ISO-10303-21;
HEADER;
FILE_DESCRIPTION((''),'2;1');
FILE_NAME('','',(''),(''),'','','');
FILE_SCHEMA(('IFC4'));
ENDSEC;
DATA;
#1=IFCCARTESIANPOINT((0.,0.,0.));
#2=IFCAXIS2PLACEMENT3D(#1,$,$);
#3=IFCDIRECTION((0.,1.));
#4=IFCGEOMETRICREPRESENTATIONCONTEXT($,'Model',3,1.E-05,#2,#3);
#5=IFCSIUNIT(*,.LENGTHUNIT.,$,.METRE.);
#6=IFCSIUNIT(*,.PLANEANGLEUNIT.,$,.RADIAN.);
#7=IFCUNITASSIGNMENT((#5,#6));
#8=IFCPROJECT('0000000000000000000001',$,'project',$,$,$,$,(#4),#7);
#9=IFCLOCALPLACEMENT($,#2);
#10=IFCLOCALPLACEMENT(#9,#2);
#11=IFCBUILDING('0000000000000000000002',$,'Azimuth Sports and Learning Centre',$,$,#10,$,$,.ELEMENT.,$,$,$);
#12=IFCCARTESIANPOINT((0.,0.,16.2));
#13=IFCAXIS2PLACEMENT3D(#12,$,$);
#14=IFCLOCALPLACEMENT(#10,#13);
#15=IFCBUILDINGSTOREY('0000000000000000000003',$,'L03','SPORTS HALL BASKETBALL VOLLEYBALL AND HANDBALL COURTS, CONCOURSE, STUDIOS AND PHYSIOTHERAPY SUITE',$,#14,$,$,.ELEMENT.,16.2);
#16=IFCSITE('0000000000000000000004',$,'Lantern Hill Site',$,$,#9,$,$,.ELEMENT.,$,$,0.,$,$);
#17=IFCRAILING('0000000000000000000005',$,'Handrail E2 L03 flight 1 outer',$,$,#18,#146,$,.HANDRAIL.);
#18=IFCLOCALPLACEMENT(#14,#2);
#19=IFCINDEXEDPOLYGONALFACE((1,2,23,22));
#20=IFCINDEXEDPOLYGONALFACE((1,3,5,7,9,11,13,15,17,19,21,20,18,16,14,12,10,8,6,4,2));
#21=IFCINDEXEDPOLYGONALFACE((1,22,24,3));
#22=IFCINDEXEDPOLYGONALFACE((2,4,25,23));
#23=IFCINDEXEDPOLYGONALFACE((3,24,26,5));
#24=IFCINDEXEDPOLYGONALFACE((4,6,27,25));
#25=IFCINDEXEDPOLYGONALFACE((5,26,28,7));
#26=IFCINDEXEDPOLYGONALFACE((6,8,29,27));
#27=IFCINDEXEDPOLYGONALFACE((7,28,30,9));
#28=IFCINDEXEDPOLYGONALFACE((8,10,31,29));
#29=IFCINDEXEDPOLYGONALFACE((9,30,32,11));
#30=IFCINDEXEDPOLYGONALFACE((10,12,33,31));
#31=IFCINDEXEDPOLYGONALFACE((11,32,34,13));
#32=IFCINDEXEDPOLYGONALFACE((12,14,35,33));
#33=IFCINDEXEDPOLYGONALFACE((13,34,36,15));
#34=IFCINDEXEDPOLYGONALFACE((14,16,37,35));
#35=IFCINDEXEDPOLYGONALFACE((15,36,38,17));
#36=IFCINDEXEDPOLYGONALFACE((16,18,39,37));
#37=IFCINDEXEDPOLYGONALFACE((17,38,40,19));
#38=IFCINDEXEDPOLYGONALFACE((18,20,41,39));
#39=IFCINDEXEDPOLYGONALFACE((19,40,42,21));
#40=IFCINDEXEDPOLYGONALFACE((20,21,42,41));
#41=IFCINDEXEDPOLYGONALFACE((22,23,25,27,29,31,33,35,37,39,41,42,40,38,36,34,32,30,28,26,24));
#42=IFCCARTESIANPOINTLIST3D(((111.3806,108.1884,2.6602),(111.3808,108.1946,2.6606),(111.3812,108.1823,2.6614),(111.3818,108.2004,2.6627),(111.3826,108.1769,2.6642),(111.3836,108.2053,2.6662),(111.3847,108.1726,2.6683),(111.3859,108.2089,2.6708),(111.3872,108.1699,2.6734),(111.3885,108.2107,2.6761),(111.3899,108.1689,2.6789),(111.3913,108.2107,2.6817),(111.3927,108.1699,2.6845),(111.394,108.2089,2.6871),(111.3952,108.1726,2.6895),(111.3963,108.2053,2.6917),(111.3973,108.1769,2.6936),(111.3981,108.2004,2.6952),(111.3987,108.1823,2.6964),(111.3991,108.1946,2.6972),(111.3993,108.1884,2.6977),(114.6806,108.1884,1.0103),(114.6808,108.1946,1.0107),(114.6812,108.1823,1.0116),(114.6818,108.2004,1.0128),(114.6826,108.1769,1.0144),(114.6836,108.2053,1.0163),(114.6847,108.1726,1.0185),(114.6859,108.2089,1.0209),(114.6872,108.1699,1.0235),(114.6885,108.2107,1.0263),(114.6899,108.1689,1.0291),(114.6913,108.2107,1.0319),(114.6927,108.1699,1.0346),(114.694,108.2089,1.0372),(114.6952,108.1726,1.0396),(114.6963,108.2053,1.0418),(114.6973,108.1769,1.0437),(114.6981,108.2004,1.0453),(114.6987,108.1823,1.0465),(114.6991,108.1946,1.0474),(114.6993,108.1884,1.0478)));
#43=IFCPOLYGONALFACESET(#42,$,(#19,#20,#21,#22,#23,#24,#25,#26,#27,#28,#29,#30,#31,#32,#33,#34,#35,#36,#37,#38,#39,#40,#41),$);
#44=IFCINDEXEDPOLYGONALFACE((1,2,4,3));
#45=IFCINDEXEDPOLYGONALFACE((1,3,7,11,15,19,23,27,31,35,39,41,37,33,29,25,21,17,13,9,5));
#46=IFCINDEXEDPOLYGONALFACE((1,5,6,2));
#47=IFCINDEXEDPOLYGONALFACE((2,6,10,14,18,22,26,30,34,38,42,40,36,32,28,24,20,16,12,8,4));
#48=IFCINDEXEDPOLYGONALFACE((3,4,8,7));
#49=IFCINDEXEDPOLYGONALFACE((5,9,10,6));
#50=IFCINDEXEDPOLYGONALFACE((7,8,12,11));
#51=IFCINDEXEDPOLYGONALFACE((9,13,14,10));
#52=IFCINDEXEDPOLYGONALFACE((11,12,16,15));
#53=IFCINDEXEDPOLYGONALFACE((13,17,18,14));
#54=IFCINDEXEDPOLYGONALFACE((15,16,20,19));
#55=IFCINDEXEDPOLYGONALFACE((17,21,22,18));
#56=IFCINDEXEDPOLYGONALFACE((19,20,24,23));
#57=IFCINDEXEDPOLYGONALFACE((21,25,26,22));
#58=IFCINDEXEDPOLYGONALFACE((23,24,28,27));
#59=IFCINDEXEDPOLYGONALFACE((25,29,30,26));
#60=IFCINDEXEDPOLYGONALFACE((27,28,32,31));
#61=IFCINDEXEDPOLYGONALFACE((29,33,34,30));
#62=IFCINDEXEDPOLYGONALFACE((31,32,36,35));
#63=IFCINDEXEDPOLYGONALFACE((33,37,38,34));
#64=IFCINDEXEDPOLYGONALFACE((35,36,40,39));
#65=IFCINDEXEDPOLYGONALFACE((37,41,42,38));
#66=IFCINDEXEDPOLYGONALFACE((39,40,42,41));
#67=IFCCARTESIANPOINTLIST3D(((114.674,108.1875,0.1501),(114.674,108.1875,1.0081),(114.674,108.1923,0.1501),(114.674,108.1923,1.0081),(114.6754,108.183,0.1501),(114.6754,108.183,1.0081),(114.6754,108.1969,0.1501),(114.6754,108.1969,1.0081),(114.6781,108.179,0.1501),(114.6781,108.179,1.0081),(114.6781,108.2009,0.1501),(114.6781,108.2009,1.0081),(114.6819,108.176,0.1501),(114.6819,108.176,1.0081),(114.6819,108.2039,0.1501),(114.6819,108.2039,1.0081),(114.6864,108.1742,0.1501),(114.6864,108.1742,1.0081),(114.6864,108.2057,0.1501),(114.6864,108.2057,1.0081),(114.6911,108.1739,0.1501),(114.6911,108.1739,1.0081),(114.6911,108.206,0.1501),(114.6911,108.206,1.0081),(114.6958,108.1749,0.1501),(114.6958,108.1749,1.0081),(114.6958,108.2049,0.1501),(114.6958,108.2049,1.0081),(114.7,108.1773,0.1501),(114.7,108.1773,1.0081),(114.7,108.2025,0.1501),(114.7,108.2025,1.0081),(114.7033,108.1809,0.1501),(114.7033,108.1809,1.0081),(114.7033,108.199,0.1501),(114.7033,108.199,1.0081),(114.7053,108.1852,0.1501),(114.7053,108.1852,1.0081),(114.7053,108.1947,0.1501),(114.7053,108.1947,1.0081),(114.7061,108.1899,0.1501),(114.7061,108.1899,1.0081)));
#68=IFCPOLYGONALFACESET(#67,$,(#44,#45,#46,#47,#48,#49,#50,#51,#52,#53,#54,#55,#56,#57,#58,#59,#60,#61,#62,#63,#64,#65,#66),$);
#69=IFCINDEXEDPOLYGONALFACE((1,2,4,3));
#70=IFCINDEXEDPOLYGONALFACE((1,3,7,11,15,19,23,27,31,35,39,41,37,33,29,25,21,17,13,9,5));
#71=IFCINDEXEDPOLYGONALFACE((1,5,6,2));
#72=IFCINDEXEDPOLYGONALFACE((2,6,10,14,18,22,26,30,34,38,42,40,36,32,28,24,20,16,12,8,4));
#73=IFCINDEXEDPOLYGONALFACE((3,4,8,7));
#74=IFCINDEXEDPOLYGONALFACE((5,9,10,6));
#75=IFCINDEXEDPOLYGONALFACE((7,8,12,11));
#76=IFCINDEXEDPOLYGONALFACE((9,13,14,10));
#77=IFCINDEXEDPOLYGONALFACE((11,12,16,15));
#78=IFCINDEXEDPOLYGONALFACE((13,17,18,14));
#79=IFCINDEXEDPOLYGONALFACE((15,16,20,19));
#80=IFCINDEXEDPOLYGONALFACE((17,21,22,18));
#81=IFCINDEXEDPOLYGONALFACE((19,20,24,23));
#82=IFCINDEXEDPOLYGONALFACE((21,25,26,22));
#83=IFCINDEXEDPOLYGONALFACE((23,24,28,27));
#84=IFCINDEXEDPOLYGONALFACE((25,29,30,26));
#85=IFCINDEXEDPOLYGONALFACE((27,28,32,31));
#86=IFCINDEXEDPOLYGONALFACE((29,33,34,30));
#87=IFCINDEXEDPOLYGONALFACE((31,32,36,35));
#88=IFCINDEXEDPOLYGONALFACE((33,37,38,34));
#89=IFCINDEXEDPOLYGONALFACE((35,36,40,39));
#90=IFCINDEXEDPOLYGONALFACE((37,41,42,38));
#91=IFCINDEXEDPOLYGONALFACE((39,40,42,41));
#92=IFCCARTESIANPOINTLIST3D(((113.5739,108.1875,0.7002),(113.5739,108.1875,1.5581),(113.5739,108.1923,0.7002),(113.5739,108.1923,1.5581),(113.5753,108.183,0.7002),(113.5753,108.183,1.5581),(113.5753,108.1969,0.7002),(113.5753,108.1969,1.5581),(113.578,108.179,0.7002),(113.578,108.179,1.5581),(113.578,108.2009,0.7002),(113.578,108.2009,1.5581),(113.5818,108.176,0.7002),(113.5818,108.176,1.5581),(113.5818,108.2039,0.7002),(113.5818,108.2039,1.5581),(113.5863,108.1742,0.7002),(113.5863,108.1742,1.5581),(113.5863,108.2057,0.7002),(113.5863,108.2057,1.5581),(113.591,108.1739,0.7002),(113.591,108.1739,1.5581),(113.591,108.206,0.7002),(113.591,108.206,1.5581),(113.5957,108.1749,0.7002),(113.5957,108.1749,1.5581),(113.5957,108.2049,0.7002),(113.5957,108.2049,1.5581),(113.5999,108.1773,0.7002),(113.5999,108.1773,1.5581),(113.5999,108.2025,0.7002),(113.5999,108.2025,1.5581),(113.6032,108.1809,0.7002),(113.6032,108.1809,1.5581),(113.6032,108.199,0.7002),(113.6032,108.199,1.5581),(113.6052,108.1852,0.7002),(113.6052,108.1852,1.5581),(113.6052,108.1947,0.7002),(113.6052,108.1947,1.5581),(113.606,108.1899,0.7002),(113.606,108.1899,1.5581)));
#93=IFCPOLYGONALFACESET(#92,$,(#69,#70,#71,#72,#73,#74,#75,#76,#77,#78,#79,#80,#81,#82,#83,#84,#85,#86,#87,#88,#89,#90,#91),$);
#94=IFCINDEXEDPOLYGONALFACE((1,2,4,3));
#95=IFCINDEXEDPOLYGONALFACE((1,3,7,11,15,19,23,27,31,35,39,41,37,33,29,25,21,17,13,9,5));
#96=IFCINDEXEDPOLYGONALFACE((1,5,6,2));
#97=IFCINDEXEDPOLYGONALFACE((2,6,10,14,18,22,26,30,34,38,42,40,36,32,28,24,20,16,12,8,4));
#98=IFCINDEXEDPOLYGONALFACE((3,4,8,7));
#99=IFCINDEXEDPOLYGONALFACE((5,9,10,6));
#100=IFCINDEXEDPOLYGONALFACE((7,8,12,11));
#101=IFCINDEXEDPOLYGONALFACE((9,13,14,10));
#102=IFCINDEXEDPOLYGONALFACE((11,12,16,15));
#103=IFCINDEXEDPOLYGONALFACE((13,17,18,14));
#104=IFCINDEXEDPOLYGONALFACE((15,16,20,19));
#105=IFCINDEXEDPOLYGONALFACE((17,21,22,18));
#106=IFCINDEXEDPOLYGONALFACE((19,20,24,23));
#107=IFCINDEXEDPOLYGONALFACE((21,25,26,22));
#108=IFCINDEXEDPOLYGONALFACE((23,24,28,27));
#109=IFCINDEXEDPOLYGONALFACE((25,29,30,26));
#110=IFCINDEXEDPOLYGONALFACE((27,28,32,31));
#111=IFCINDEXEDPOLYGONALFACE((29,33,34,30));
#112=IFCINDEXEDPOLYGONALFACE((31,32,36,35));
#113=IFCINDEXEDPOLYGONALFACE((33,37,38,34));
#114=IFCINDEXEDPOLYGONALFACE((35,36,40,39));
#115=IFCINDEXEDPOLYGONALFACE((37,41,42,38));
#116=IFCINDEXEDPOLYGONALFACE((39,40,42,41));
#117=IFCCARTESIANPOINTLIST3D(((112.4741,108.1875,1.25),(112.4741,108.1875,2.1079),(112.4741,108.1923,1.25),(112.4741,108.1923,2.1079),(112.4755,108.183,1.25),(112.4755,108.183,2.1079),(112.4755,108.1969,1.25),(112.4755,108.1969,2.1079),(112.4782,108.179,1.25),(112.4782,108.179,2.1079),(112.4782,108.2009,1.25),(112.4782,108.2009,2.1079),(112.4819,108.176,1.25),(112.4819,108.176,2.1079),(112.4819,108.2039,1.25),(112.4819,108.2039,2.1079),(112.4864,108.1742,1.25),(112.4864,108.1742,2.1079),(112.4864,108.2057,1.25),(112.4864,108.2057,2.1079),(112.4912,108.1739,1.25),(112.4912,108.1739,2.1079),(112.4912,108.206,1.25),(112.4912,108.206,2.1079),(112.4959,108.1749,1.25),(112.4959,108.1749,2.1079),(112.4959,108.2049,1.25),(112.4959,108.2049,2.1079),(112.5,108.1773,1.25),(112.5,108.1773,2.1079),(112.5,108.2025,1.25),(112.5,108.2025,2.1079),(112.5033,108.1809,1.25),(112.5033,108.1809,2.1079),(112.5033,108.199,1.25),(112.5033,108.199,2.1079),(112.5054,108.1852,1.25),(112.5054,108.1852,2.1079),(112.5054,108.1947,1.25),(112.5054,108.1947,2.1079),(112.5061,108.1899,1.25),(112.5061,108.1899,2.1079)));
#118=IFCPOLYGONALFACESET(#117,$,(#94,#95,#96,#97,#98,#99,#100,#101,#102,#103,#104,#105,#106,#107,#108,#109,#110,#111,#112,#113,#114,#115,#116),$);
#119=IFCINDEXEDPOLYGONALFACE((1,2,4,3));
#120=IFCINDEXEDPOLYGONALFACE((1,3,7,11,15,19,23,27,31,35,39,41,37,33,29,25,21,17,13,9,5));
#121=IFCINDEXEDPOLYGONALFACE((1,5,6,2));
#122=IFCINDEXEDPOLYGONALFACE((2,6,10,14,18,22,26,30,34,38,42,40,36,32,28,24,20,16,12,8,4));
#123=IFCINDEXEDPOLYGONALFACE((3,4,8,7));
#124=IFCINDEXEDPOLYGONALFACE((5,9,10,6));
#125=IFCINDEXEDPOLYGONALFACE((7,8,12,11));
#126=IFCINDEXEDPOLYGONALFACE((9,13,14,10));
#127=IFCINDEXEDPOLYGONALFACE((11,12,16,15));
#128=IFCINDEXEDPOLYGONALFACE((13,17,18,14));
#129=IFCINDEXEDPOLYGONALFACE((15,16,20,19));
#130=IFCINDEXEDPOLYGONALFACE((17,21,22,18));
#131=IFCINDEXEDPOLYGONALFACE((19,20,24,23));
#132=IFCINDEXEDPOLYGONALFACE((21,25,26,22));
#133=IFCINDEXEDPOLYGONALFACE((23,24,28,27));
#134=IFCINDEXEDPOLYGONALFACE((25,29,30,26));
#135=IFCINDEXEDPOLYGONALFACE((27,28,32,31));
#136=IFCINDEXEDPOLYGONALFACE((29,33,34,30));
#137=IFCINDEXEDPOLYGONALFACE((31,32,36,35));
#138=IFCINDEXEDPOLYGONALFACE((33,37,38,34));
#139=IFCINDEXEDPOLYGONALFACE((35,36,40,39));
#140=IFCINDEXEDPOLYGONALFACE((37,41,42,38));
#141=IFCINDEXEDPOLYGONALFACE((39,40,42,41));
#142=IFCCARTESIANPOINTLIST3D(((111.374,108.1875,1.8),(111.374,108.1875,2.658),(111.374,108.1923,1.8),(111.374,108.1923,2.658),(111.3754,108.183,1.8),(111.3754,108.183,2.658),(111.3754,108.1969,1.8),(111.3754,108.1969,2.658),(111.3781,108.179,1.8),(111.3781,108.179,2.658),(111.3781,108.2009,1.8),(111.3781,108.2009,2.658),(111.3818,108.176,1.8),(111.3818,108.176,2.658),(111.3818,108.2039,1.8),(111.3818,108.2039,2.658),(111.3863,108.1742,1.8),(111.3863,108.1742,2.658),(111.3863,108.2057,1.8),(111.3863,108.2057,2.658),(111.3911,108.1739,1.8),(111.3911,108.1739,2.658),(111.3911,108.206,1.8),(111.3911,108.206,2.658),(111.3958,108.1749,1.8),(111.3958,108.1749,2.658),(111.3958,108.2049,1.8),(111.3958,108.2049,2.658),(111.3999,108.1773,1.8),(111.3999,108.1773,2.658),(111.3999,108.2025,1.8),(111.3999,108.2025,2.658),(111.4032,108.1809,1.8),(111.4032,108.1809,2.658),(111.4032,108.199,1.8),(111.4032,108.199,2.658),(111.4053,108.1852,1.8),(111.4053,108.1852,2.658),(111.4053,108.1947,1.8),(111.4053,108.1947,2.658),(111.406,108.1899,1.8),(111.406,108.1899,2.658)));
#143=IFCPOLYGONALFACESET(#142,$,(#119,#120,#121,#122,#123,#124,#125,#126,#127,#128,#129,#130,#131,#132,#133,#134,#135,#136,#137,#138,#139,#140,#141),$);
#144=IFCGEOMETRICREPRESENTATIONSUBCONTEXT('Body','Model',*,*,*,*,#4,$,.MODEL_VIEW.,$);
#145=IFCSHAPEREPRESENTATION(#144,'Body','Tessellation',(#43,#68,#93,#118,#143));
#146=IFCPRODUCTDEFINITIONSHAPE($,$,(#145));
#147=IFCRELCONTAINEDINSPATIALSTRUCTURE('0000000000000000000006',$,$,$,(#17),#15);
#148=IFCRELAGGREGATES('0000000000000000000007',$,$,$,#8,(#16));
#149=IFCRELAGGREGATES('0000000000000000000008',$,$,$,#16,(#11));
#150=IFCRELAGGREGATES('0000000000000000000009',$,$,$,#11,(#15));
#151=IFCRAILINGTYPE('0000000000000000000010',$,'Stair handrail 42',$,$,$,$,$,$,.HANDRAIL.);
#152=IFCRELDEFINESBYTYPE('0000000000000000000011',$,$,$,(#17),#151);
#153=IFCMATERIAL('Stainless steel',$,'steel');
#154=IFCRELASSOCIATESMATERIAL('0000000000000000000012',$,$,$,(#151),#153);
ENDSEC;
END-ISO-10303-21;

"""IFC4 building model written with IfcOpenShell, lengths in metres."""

from ifc_helpers import new_model, si_unit, direction, frame, origin, origin_2d, place, context, subcontext, project, spatial, circle, extrude, material, type_object, element, save


model = new_model("IFC4")

# Units and contexts
model_context = context("Model", 3, precision=1e-05, world=origin(), true_north=direction((0.0, 1.0)))
body_context = subcontext(model_context, "Body", "Model", "MODEL_VIEW")
ifc_project = project(units=[si_unit("LENGTHUNIT", "METRE"), si_unit("PLANEANGLEUNIT", "RADIAN")], contexts=[model_context])

# Site, building, storey
site_placement = place(None, origin())
site = spatial("IfcSite", under=ifc_project, at=site_placement, Name="Lantern Hill Site", CompositionType="ELEMENT", RefElevation=0.0)
building_placement = place(site_placement, origin())
building = spatial("IfcBuilding", under=site, at=building_placement, Name="Azimuth Sports and Learning Centre", CompositionType="ELEMENT")
storey_placement = place(building_placement, frame((0.0, 0.0, 16.2)))
storey = spatial("IfcBuildingStorey", under=building, at=storey_placement, Name="L03", Description="SPORTS HALL BASKETBALL VOLLEYBALL AND HANDBALL COURTS, CONCOURSE, STUDIOS AND PHYSIOTHERAPY SUITE", CompositionType="ELEMENT", Elevation=16.2)

# Railing
ifc_material_1 = material(Name="Stainless steel", Category="steel")
railing_type_1 = type_object("IfcRailingType", Name="Stair handrail 42", PredefinedType="HANDRAIL", material=ifc_material_1)
for number, where, name in (
    (1, (114.6899, 108.1899, 0.1501), "Handrail E2 L03 flight 1 outer"),
):
    element("IfcRailing", number, at=place(storey_placement, frame(where)), inside=storey, type_object=railing_type_1, Name=name, PredefinedType="HANDRAIL", context=body_context, shape_type="SweptSolid", body=[
        extrude(circle(Radius=0.021, at=origin_2d()), frame((0.0, 0.0, 0.8789), z_axis=(-0.89444, 0.0, 0.447187), x_axis=(0.0, -1.0, 0.0)), (0.0, 0.0, 1.0), 3.6895),
        extrude(circle(Radius=0.0161, at=origin_2d()), origin(), (0.0, 0.0, 1.0), 0.8579),
        extrude(circle(Radius=0.0161, at=origin_2d()), frame((-1.1001, 0.0, 0.55)), (0.0, 0.0, 1.0), 0.8579),
        extrude(circle(Radius=0.0161, at=origin_2d()), frame((-2.2, 0.0, 1.0999)), (0.0, 0.0, 1.0), 0.8579),
        extrude(circle(Radius=0.0161, at=origin_2d()), frame((-3.3, 0.0, 1.6499)), (0.0, 0.0, 1.0), 0.8579),
    ])

save(model, "model.ifc")
